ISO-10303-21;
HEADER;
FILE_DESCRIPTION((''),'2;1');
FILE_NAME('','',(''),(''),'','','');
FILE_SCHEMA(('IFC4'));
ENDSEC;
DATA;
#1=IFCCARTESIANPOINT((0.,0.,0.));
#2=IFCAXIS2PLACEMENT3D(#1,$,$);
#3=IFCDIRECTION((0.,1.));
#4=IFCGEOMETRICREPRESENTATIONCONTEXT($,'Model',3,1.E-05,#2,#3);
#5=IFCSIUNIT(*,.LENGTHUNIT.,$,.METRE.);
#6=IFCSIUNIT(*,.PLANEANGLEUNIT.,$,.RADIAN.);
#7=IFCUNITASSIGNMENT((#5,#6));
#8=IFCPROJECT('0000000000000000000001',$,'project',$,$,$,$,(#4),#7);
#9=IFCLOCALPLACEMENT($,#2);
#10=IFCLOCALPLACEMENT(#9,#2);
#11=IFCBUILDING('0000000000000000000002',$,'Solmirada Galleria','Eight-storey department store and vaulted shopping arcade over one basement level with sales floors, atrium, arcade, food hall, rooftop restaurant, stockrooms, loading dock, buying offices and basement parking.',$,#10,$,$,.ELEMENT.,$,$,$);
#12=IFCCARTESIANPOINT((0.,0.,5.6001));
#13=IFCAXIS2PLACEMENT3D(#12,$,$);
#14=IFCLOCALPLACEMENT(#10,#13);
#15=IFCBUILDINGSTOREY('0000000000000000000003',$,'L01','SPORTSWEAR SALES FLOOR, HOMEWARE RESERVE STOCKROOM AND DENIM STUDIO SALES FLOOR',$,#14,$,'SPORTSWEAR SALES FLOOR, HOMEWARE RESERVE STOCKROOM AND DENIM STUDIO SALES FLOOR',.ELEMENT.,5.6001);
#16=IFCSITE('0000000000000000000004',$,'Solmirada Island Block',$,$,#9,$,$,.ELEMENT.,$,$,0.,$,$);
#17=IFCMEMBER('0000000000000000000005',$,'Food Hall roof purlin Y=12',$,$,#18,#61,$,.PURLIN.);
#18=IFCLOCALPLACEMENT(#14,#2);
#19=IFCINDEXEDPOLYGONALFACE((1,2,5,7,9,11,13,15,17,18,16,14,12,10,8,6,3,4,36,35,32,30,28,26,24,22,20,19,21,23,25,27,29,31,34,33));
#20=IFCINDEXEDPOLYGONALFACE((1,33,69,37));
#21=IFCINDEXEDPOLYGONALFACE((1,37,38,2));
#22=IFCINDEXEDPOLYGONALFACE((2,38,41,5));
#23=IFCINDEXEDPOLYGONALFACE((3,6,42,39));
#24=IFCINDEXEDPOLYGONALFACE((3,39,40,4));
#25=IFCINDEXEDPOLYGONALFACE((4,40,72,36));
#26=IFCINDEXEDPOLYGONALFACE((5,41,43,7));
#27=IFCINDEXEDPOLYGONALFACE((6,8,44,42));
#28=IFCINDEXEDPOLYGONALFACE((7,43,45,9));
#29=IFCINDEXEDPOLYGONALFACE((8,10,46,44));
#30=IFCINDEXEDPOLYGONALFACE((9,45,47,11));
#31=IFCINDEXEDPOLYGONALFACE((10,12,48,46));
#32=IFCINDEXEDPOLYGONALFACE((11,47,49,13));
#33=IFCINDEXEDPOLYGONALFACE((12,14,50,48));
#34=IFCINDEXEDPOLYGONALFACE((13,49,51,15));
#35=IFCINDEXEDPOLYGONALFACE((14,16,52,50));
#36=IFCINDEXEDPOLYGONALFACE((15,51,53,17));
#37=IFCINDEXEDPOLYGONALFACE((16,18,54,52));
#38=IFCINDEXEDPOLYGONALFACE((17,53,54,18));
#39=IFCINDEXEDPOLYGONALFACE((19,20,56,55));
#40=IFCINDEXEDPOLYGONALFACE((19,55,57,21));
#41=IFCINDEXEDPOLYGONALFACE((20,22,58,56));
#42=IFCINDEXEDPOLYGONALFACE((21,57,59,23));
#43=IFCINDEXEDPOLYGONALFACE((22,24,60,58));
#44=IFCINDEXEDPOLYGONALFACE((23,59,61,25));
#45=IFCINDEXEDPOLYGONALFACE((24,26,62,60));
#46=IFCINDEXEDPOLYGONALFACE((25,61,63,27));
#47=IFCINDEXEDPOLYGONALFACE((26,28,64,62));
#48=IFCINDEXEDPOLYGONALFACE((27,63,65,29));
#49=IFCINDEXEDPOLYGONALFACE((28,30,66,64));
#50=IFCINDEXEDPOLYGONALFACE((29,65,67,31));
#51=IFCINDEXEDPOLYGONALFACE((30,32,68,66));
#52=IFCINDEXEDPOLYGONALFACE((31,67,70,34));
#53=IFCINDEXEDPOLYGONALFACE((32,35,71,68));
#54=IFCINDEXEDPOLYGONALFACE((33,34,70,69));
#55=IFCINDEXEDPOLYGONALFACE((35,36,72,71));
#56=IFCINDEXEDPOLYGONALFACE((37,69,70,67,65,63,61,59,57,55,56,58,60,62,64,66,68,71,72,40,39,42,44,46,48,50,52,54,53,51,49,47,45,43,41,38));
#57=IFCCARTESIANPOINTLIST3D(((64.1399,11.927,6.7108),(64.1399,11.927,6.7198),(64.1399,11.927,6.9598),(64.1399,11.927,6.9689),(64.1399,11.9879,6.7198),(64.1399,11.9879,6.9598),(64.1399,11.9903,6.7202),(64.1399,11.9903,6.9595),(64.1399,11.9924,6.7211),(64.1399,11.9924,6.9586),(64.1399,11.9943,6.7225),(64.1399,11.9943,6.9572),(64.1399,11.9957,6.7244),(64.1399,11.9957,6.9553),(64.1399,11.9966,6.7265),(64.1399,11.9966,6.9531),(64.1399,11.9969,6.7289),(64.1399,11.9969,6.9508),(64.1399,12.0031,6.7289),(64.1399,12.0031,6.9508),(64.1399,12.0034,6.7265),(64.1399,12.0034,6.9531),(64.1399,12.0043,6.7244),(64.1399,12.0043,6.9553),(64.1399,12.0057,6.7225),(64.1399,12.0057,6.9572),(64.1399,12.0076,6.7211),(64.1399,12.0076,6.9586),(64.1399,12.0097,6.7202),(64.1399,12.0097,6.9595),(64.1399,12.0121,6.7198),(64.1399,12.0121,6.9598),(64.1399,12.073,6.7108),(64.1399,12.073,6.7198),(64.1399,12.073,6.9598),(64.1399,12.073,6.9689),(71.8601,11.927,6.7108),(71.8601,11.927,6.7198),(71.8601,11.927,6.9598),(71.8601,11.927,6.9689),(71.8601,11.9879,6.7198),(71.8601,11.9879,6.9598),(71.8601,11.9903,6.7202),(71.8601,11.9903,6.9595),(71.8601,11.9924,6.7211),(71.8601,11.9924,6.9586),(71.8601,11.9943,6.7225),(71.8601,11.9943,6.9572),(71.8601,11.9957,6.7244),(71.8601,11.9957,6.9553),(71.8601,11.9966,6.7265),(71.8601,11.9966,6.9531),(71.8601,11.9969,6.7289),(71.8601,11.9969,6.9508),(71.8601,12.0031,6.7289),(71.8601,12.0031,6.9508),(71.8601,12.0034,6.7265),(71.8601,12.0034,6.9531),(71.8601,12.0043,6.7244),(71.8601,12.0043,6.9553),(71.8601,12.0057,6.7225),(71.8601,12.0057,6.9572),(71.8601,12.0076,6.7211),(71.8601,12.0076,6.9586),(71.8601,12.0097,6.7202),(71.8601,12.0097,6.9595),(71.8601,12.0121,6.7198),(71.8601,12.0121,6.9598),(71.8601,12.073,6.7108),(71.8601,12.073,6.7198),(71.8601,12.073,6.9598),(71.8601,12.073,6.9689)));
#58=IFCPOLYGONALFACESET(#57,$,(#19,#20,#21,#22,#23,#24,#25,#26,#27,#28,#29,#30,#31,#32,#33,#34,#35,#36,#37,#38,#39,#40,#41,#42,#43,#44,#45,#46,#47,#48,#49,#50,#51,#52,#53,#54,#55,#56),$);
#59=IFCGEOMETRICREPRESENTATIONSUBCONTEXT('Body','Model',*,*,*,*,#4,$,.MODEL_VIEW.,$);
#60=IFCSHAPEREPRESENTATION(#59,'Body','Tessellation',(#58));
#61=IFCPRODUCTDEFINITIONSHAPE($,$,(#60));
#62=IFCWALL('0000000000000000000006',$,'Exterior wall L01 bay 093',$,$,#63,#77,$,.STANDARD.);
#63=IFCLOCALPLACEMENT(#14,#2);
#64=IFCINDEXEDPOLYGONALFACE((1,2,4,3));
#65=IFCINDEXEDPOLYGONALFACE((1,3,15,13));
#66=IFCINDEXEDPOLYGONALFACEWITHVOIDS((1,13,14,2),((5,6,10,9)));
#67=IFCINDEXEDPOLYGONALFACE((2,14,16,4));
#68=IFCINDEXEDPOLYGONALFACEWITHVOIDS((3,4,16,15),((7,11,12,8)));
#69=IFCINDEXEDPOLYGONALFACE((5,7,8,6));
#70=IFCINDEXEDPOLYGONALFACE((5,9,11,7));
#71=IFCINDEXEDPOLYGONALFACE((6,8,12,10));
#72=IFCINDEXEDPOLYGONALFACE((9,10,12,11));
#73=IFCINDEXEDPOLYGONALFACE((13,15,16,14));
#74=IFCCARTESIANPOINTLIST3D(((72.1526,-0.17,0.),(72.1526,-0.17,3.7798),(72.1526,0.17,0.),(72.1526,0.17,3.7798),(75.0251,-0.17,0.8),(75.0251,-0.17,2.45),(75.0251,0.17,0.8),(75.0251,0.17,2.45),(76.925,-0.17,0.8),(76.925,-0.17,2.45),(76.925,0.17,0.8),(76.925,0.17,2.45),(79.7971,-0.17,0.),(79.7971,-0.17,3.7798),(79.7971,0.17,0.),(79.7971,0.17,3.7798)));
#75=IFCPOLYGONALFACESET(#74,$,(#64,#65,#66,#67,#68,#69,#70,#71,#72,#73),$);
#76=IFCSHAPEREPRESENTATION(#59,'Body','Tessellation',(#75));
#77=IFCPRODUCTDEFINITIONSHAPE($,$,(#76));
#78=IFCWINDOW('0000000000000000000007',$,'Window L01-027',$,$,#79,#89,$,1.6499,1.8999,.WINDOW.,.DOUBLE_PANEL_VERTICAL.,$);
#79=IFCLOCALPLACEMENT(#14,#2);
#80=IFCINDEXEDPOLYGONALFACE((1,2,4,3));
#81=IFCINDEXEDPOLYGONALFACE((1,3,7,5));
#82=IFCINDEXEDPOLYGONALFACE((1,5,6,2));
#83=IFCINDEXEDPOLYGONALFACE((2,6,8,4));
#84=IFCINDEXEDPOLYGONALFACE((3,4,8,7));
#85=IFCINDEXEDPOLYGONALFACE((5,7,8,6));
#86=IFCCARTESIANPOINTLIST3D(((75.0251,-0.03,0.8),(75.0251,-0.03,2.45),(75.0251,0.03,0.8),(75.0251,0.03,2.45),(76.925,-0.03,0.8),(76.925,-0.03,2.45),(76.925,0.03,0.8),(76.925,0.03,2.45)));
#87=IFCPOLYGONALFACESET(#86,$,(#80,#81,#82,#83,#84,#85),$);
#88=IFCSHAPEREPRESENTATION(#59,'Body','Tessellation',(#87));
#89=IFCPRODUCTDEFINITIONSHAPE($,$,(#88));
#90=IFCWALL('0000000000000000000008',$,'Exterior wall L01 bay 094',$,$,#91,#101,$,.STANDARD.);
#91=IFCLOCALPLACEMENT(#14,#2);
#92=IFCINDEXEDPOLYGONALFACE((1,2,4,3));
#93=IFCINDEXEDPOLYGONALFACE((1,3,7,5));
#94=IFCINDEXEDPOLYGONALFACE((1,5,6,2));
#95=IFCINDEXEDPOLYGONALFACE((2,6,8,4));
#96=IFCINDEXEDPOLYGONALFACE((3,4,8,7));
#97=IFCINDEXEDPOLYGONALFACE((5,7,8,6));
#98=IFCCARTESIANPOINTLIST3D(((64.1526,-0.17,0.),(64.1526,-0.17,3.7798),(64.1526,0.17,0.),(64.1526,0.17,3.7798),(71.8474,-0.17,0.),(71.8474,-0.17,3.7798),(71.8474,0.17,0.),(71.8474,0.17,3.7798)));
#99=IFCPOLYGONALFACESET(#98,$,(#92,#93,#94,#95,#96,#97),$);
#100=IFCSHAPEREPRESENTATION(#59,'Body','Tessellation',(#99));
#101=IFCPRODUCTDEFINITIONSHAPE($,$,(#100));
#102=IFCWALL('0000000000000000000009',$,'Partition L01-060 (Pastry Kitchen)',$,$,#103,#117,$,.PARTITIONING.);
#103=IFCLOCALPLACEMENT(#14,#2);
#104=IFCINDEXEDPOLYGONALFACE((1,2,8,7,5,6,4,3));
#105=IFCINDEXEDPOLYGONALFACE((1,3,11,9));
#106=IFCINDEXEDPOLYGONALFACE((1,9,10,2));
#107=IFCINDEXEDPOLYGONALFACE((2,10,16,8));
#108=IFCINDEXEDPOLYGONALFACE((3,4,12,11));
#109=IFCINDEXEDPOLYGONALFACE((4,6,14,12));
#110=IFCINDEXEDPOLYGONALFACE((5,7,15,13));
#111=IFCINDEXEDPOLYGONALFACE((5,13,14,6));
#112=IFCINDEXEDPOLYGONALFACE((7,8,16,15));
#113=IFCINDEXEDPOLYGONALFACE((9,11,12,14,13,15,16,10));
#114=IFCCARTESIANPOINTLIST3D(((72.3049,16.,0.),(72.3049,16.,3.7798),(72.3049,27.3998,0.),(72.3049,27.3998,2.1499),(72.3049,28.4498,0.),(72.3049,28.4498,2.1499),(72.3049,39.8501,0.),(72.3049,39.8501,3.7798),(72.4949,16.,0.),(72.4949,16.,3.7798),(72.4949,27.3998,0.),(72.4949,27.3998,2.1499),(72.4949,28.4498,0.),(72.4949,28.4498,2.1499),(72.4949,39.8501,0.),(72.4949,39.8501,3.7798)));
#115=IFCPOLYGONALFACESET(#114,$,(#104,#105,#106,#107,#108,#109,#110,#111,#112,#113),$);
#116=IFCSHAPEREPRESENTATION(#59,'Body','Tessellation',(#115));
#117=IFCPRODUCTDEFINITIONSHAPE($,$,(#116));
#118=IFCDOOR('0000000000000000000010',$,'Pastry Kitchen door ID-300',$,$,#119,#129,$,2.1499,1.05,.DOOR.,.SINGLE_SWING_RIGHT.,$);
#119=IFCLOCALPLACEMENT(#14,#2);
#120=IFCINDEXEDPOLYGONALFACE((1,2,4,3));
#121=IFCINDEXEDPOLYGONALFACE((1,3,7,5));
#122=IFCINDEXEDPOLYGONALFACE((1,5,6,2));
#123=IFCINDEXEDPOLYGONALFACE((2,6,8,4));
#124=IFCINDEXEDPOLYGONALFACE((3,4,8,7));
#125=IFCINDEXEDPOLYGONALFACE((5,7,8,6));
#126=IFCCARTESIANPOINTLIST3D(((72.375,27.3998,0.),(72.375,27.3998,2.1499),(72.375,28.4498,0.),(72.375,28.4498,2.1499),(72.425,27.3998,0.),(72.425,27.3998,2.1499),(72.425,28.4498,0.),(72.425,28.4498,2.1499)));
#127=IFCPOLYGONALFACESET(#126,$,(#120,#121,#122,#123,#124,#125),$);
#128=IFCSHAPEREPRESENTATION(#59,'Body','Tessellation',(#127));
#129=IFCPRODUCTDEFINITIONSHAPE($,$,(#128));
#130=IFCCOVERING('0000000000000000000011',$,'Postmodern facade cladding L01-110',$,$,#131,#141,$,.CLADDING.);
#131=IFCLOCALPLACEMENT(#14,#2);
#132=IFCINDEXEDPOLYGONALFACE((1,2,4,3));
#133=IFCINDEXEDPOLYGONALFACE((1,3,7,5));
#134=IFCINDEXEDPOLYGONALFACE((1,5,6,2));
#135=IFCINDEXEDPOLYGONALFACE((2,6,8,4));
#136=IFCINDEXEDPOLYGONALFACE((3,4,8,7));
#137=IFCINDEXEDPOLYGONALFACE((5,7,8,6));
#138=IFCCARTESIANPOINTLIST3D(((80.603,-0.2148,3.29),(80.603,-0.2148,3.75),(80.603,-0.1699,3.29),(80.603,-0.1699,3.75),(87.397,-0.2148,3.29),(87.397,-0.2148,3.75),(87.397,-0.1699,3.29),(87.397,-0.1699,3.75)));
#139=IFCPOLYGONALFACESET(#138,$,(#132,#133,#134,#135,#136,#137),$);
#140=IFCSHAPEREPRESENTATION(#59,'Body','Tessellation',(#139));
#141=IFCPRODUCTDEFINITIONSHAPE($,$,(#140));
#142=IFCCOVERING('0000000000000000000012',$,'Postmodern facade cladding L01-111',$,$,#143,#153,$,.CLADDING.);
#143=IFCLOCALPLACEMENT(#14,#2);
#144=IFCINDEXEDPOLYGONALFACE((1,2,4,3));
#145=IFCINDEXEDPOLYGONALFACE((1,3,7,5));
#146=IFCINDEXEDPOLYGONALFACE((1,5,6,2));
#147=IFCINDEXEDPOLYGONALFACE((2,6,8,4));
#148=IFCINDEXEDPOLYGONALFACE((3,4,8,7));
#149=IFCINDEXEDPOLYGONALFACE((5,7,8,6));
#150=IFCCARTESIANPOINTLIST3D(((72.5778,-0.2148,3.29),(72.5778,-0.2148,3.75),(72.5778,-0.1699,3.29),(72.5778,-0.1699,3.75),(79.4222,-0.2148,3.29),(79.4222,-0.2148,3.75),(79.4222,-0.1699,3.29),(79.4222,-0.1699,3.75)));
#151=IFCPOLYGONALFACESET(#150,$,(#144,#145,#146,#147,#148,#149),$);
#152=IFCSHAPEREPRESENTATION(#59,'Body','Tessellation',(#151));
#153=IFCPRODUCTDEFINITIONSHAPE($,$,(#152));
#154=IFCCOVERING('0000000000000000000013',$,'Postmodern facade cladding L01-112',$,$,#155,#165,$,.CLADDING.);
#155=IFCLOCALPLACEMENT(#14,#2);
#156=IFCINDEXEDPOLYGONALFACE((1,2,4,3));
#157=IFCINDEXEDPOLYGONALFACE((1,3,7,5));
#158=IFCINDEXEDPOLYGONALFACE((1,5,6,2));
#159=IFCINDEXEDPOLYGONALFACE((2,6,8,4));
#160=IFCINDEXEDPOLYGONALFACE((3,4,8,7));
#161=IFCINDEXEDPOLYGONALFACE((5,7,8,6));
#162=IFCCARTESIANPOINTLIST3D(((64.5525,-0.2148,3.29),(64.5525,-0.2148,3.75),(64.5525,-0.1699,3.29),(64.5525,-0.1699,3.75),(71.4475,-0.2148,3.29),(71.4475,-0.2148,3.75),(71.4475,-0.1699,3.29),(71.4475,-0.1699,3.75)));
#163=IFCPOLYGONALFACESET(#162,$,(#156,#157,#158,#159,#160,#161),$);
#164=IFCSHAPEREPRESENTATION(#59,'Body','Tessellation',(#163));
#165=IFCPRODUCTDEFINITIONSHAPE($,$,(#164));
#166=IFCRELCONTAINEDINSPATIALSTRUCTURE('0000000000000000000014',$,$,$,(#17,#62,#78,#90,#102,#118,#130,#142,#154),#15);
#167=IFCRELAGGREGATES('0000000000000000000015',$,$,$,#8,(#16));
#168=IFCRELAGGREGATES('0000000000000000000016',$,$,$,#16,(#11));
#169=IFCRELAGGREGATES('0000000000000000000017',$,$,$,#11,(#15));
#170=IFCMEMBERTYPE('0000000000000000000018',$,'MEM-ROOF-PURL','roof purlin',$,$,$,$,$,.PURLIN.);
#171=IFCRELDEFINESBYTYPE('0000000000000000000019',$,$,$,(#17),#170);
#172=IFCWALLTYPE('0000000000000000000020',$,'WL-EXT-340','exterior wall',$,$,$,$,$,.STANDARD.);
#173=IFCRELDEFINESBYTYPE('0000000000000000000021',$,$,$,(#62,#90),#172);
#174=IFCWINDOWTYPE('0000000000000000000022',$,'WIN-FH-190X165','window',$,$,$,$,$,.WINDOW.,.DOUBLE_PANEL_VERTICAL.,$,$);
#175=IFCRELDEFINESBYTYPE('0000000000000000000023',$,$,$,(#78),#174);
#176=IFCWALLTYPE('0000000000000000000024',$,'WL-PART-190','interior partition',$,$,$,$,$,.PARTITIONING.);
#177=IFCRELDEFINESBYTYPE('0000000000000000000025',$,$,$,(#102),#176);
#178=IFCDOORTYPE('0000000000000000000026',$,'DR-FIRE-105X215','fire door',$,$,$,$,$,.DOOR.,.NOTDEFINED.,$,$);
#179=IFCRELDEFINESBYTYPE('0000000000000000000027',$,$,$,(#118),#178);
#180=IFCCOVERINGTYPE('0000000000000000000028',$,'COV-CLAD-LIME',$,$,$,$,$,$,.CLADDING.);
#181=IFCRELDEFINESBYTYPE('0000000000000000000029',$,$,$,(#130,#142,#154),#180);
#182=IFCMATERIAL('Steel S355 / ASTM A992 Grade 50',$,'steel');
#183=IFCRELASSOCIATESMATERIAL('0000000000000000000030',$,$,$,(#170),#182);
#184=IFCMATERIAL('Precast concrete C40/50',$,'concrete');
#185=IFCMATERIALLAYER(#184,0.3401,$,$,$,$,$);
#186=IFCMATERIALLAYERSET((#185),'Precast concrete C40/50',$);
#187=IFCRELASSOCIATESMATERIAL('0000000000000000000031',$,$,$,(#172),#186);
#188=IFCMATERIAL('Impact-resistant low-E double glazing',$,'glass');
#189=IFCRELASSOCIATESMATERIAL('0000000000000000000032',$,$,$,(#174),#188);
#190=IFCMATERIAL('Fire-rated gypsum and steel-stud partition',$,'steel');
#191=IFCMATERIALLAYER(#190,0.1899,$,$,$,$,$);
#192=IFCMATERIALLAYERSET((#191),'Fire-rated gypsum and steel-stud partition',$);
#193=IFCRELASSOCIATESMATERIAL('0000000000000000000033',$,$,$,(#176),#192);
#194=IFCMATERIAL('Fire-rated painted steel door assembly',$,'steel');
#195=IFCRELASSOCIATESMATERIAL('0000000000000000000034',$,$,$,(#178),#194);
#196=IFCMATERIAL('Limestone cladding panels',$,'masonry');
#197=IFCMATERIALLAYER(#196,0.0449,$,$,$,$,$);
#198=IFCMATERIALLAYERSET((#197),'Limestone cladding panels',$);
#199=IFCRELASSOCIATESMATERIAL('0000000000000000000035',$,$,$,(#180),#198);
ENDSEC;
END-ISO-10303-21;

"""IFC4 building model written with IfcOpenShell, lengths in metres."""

from ifc_helpers import new_model, si_unit, direction, frame, frame_2d, origin, origin_2d, place, context, subcontext, project, spatial, rectangle, i_section, extrude, material, layer, layer_set, material_profile, profile_set, type_object, element, fill, save


model = new_model("IFC4")

# Units and contexts
model_context = context("Model", 3, precision=1e-05, world=origin(), true_north=direction((0.0, 1.0)))
body_context = subcontext(model_context, "Body", "Model", "MODEL_VIEW")
ifc_project = project(units=[si_unit("LENGTHUNIT", "METRE"), si_unit("PLANEANGLEUNIT", "RADIAN")], contexts=[model_context])

# Site, building, storey
site_placement = place(None, origin())
site = spatial("IfcSite", under=ifc_project, at=site_placement, Name="Solmirada Island Block", CompositionType="ELEMENT", RefElevation=0.0)
building_placement = place(site_placement, origin())
building = spatial("IfcBuilding", under=site, at=building_placement, Name="Solmirada Galleria", Description="Eight-storey department store and vaulted shopping arcade over one basement level with sales floors, atrium, arcade, food hall, rooftop restaurant, stockrooms, loading dock, buying offices and basement parking.", CompositionType="ELEMENT")
storey_placement = place(building_placement, frame((0.0, 0.0, 5.6001)))
storey = spatial("IfcBuildingStorey", under=building, at=storey_placement, Name="L01", Description="SPORTSWEAR SALES FLOOR, HOMEWARE RESERVE STOCKROOM AND DENIM STUDIO SALES FLOOR", LongName="SPORTSWEAR SALES FLOOR, HOMEWARE RESERVE STOCKROOM AND DENIM STUDIO SALES FLOOR", CompositionType="ELEMENT", Elevation=5.6001)

# Shared definitions
ifc_material_1 = material(Name="Precast concrete C40/50", Category="concrete")

# Shared definitions
ifc_material_2 = material(Name="Steel S355 / ASTM A992 Grade 50", Category="steel")

# Member
ifc_material_profile_1 = material_profile(ifc_material_2, i_section(OverallWidth=0.146, OverallDepth=0.2581, WebThickness=0.0061, FlangeThickness=0.009, FilletRadius=0.009, at=origin_2d()), Name="W10X22")
ifc_profile_set_1 = profile_set([ifc_material_profile_1], Name="Steel S355 / ASTM A992 Grade 50")
member_type_1 = type_object("IfcMemberType", Name="MEM-ROOF-PURL", Description="roof purlin", PredefinedType="PURLIN", material=ifc_profile_set_1)
for number, where, z_axis, x_axis, name in (
    (1, (64.1399, 12.0, 6.8398), (1.0, 0.0, 0.0), (0.0, 1.0, 0.0), "Food Hall roof purlin Y=12"),
):
    element("IfcMember", number, at=place(storey_placement, frame(where, z_axis=z_axis, x_axis=x_axis)), inside=storey, type_object=member_type_1, Name=name, PredefinedType="PURLIN", context=body_context, shape_type="SweptSolid", body=[
        extrude(i_section(OverallWidth=0.146, OverallDepth=0.2581, WebThickness=0.0061, FlangeThickness=0.009, FilletRadius=0.009, at=origin_2d()), origin(), (0.0, 0.0, 1.0), 7.7202),
    ])

# Wall, opening, window
ifc_layer_1 = layer(ifc_material_1, 0.3401)
ifc_layer_set_1 = layer_set([ifc_layer_1], Name="Precast concrete C40/50")
wall_type_1 = type_object("IfcWallType", Name="WL-EXT-340", Description="exterior wall", PredefinedType="STANDARD", material=ifc_layer_set_1)
wall_1_placement = place(storey_placement, frame((79.7971, 0.0, 0.0), z_axis=(0.0, 0.0, 1.0), x_axis=(-1.0, 0.0, 0.0)))
wall_1 = element("IfcWall", 2, at=wall_1_placement, inside=storey, type_object=wall_type_1, Name="Exterior wall L01 bay 093", PredefinedType="STANDARD", context=body_context, shape_type="SweptSolid", body=[
    extrude(rectangle(XDim=7.6445, YDim=0.3401, at=frame_2d((3.8223, 0.0))), origin(), (0.0, 0.0, 1.0), 3.7798),
])
opening_1_placement = place(wall_1_placement, frame((2.8721, 0.0, 0.8)))
opening_1 = element("IfcOpeningElement", 3, at=opening_1_placement, cuts=wall_1, PredefinedType="OPENING", context=body_context, shape_type="SweptSolid", body=[
    extrude(rectangle(XDim=1.8999, YDim=1.6499, at=frame_2d((0.95, 0.825))), frame((0.0, 0.1799, 0.0), z_axis=(0.0, -1.0, 0.0), x_axis=(1.0, 0.0, 0.0)), (0.0, 0.0, 1.0), 0.3601),
])
ifc_material_3 = material(Name="Impact-resistant low-E double glazing", Category="glass")
window_type = type_object("IfcWindowType", Name="WIN-FH-190X165", Description="window", PartitioningType="DOUBLE_PANEL_VERTICAL", PredefinedType="WINDOW", material=ifc_material_3)
window_placement = place(opening_1_placement, origin())
window = element("IfcWindow", 4, at=window_placement, inside=storey, type_object=window_type, Name="Window L01-027", OverallHeight=1.6499, OverallWidth=1.8999, PartitioningType="DOUBLE_PANEL_VERTICAL", PredefinedType="WINDOW", context=body_context, shape_type="SweptSolid", body=[
    extrude(rectangle(XDim=1.8999, YDim=1.6499, at=frame_2d((0.95, 0.825))), frame((0.0, 0.03, 0.0), z_axis=(0.0, -1.0, 0.0), x_axis=(1.0, 0.0, 0.0)), (0.0, 0.0, 1.0), 0.0601),
])
fill(opening_1, window)

# Wall
wall_2_placement = place(storey_placement, frame((71.8474, 0.0, 0.0), z_axis=(0.0, 0.0, 1.0), x_axis=(-1.0, 0.0, 0.0)))
element("IfcWall", 5, at=wall_2_placement, inside=storey, type_object=wall_type_1, Name="Exterior wall L01 bay 094", PredefinedType="STANDARD", context=body_context, shape_type="SweptSolid", body=[
    extrude(rectangle(XDim=7.6948, YDim=0.3401, at=frame_2d((3.8474, 0.0))), origin(), (0.0, 0.0, 1.0), 3.7798),
])

# Wall, opening, door
ifc_material_4 = material(Name="Fire-rated gypsum and steel-stud partition", Category="steel")
ifc_layer_2 = layer(ifc_material_4, 0.1899)
ifc_layer_set_2 = layer_set([ifc_layer_2], Name="Fire-rated gypsum and steel-stud partition")
wall_type_2 = type_object("IfcWallType", Name="WL-PART-190", Description="interior partition", PredefinedType="PARTITIONING", material=ifc_layer_set_2)
wall_3_placement = place(storey_placement, frame((72.3999, 16.0, 0.0), z_axis=(0.0, 0.0, 1.0), x_axis=(0.0, 1.0, 0.0)))
wall_3 = element("IfcWall", 6, at=wall_3_placement, inside=storey, type_object=wall_type_2, Name="Partition L01-060 (Pastry Kitchen)", PredefinedType="PARTITIONING", context=body_context, shape_type="SweptSolid", body=[
    extrude(rectangle(XDim=23.8501, YDim=0.1899, at=frame_2d((11.925, 0.0))), origin(), (0.0, 0.0, 1.0), 3.7798),
])
opening_2_placement = place(wall_3_placement, frame((11.3999, 0.0, 0.0)))
opening_2 = element("IfcOpeningElement", 7, at=opening_2_placement, cuts=wall_3, PredefinedType="OPENING", context=body_context, shape_type="SweptSolid", body=[
    extrude(rectangle(XDim=1.05, YDim=2.1499, at=frame_2d((0.5249, 1.075))), frame((0.0, 0.105, 0.0), z_axis=(0.0, -1.0, 0.0), x_axis=(1.0, 0.0, 0.0)), (0.0, 0.0, 1.0), 0.21),
])
ifc_material_5 = material(Name="Fire-rated painted steel door assembly", Category="steel")
door_type = type_object("IfcDoorType", Name="DR-FIRE-105X215", Description="fire door", OperationType="NOTDEFINED", PredefinedType="DOOR", material=ifc_material_5)
door_placement = place(opening_2_placement, origin())
door = element("IfcDoor", 8, at=door_placement, inside=storey, type_object=door_type, Name="Pastry Kitchen door ID-300", OperationType="SINGLE_SWING_RIGHT", OverallHeight=2.1499, OverallWidth=1.05, PredefinedType="DOOR", context=body_context, shape_type="SweptSolid", body=[
    extrude(rectangle(XDim=1.05, YDim=2.1499, at=frame_2d((0.5249, 1.075))), frame((0.0, 0.0249, 0.0), z_axis=(0.0, -1.0, 0.0), x_axis=(1.0, 0.0, 0.0)), (0.0, 0.0, 1.0), 0.05),
])
fill(opening_2, door)

# Coverings
ifc_material_6 = material(Name="Limestone cladding panels", Category="masonry")
ifc_layer_3 = layer(ifc_material_6, 0.0449)
ifc_layer_set_3 = layer_set([ifc_layer_3], Name="Limestone cladding panels")
covering_type = type_object("IfcCoveringType", Name="COV-CLAD-LIME", PredefinedType="CLADDING", material=ifc_layer_set_3)
covering_1_placement = place(storey_placement, frame((84.0, -0.1924, 3.29), z_axis=(0.0, 0.0, 1.0), x_axis=(-1.0, 0.0, 0.0)))
element("IfcCovering", 9, at=covering_1_placement, inside=storey, type_object=covering_type, Name="Postmodern facade cladding L01-110", PredefinedType="CLADDING", context=body_context, shape_type="SweptSolid", body=[
    extrude(rectangle(XDim=6.7939, YDim=0.0449, at=origin_2d()), origin(), (0.0, 0.0, 1.0), 0.46),
])
covering_2_placement = place(storey_placement, frame((76.0, -0.1924, 3.29), z_axis=(0.0, 0.0, 1.0), x_axis=(-1.0, 0.0, 0.0)))
element("IfcCovering", 10, at=covering_2_placement, inside=storey, type_object=covering_type, Name="Postmodern facade cladding L01-111", PredefinedType="CLADDING", context=body_context, shape_type="SweptSolid", body=[
    extrude(rectangle(XDim=6.8445, YDim=0.0449, at=origin_2d()), origin(), (0.0, 0.0, 1.0), 0.46),
])
covering_3_placement = place(storey_placement, frame((68.0, -0.1924, 3.29), z_axis=(0.0, 0.0, 1.0), x_axis=(-1.0, 0.0, 0.0)))
element("IfcCovering", 11, at=covering_3_placement, inside=storey, type_object=covering_type, Name="Postmodern facade cladding L01-112", PredefinedType="CLADDING", context=body_context, shape_type="SweptSolid", body=[
    extrude(rectangle(XDim=6.895, YDim=0.0449, at=origin_2d()), origin(), (0.0, 0.0, 1.0), 0.46),
])

save(model, "model.ifc")
